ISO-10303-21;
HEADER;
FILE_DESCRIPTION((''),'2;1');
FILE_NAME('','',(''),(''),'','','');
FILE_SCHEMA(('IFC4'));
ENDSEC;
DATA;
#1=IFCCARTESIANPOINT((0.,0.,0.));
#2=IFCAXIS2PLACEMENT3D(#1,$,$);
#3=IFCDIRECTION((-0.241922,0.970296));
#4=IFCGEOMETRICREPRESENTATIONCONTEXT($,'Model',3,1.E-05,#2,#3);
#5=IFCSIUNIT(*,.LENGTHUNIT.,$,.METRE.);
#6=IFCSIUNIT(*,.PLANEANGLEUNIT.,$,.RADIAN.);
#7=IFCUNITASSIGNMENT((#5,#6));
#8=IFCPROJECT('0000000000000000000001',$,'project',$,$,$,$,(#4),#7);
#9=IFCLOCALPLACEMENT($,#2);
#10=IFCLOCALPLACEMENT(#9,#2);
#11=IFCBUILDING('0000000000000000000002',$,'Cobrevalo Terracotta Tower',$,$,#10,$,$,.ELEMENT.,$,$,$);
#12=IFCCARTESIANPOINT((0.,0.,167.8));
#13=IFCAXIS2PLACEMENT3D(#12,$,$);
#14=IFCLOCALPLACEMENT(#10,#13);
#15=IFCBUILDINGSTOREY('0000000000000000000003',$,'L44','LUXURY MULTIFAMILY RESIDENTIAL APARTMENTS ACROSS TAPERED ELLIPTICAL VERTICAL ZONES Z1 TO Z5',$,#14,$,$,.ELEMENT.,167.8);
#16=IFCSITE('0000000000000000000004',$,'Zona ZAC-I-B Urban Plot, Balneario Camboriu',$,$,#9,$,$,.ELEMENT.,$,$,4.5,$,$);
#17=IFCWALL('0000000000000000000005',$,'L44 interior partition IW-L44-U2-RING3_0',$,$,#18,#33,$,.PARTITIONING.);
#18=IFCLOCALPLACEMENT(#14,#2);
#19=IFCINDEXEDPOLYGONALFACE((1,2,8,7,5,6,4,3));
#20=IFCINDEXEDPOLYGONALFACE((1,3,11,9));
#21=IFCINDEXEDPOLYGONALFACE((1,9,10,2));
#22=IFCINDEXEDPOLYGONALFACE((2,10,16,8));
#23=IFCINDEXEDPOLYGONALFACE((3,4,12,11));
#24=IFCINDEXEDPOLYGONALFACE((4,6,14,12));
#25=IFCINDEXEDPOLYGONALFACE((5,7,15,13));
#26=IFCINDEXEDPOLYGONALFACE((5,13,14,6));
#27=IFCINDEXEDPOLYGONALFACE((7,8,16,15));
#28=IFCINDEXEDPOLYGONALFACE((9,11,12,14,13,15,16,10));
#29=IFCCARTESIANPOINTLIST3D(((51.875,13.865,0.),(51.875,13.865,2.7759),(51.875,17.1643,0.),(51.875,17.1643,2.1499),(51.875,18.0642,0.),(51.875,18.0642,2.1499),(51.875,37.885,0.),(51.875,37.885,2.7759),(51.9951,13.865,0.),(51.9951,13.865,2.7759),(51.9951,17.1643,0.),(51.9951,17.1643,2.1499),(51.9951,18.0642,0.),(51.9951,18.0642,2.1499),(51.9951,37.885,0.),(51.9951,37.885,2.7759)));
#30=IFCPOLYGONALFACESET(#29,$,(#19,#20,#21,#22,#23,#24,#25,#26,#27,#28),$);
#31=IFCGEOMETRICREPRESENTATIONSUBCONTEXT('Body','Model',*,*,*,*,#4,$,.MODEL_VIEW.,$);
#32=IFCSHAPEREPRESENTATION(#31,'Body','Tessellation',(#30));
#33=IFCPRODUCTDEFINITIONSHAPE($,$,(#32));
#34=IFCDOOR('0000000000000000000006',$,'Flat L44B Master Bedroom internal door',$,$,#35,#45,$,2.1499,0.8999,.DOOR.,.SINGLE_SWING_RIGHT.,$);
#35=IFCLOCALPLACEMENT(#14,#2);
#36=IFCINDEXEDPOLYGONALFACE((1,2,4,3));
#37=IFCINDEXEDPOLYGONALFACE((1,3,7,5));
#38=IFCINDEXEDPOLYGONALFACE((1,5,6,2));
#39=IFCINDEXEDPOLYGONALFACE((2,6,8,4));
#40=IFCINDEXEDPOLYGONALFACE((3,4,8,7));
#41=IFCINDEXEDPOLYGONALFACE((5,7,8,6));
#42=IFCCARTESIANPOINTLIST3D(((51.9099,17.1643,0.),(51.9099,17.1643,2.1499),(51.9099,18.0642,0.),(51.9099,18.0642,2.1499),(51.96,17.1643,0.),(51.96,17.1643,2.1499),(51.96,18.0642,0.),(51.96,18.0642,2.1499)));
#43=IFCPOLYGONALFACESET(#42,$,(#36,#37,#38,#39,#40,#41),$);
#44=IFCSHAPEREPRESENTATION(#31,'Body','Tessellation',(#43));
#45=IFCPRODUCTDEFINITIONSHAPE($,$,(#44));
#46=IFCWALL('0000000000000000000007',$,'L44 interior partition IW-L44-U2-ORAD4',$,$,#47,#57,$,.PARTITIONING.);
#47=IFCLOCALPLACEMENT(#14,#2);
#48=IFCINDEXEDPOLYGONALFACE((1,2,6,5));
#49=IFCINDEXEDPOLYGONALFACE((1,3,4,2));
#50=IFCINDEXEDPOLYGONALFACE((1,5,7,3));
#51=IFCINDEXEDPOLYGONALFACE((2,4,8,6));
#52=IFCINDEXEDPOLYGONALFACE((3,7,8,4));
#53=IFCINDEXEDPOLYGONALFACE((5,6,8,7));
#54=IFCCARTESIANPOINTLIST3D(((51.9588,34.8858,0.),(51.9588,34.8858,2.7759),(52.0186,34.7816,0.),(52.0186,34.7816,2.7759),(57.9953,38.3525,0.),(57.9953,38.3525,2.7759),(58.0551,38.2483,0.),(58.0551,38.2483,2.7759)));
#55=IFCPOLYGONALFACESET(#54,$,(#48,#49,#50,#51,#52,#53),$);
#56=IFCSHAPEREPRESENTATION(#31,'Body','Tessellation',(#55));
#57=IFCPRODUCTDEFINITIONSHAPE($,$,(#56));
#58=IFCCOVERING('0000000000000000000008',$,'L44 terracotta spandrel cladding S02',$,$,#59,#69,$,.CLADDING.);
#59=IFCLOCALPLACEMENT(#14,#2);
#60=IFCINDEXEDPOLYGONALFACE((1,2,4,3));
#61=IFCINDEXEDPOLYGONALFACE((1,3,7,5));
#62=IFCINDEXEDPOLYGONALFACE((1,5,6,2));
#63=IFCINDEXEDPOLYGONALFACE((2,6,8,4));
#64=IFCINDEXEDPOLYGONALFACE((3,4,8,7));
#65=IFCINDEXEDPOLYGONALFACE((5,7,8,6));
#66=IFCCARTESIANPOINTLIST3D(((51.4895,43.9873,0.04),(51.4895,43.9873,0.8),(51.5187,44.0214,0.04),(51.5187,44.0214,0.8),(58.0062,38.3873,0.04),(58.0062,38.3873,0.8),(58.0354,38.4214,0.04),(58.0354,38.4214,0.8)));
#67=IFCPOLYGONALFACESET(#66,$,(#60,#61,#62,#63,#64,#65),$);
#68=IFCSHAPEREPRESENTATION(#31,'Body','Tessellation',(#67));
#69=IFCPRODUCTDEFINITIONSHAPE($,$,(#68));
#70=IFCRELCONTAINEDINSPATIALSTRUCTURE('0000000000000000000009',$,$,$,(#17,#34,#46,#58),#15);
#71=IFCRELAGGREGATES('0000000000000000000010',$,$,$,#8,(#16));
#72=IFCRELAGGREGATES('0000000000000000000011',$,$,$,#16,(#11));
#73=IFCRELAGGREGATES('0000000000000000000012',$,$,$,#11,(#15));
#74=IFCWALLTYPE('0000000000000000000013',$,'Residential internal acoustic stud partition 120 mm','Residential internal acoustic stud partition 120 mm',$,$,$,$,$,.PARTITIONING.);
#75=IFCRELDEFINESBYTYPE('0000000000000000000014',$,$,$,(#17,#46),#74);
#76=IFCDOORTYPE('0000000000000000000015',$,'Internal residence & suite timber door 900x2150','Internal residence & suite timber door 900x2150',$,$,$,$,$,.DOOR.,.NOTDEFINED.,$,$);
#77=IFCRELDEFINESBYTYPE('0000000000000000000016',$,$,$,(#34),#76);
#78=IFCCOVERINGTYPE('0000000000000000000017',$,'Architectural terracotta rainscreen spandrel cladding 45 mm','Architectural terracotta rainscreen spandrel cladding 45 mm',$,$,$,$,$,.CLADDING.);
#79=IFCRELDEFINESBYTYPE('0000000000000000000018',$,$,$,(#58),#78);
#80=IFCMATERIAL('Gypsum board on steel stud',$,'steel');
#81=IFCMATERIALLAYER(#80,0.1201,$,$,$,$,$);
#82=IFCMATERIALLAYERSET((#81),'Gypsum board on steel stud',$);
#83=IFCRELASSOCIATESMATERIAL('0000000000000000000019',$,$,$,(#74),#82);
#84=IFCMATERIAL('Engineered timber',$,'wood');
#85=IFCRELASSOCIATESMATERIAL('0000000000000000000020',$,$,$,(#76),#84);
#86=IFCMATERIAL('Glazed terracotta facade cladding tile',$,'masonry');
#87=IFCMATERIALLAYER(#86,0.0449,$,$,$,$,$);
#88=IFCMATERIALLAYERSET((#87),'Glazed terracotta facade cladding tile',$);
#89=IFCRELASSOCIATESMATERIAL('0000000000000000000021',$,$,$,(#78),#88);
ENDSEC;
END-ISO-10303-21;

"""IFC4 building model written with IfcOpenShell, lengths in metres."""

from ifc_helpers import new_model, si_unit, direction, frame, frame_2d, origin, origin_2d, place, context, subcontext, project, spatial, rectangle, extrude, source, transform, mapped, material, layer, layer_set, type_object, element, fill, save


model = new_model("IFC4")

# Units and contexts
model_context = context("Model", 3, precision=1e-05, world=origin(), true_north=direction((-0.241922, 0.970296)))
body_context = subcontext(model_context, "Body", "Model", "MODEL_VIEW")
ifc_project = project(units=[si_unit("LENGTHUNIT", "METRE"), si_unit("PLANEANGLEUNIT", "RADIAN")], contexts=[model_context])

# Site, building, storey
site_placement = place(None, origin())
site = spatial("IfcSite", under=ifc_project, at=site_placement, Name="Zona ZAC-I-B Urban Plot, Balneario Camboriu", CompositionType="ELEMENT", RefElevation=4.5)
building_placement = place(site_placement, origin())
building = spatial("IfcBuilding", under=site, at=building_placement, Name="Cobrevalo Terracotta Tower", CompositionType="ELEMENT")
storey_placement = place(building_placement, frame((0.0, 0.0, 167.8)))
storey = spatial("IfcBuildingStorey", under=building, at=storey_placement, Name="L44", Description="LUXURY MULTIFAMILY RESIDENTIAL APARTMENTS ACROSS TAPERED ELLIPTICAL VERTICAL ZONES Z1 TO Z5", CompositionType="ELEMENT", Elevation=167.8)

# Wall, opening, door
ifc_material_1 = material(Name="Gypsum board on steel stud", Category="steel")
ifc_layer_1 = layer(ifc_material_1, 0.1201)
ifc_layer_set_1 = layer_set([ifc_layer_1], Name="Gypsum board on steel stud")
wall_type_1 = type_object("IfcWallType", Name="Residential internal acoustic stud partition 120 mm", Description="Residential internal acoustic stud partition 120 mm", PredefinedType="PARTITIONING", material=ifc_layer_set_1)
wall_1_placement = place(storey_placement, frame((51.9351, 37.885, 0.0), z_axis=(0.0, 0.0, 1.0), x_axis=(0.0, -1.0, 0.0)))
wall_1 = element("IfcWall", 1, at=wall_1_placement, inside=storey, type_object=wall_type_1, Name="L44 interior partition IW-L44-U2-RING3_0", PredefinedType="PARTITIONING", context=body_context, shape_type="SweptSolid", body=[
    extrude(rectangle(XDim=24.02, YDim=0.1201, at=frame_2d((12.01, 0.0))), origin(), (0.0, 0.0, 1.0), 2.7759),
])
opening_1_placement = place(wall_1_placement, frame((19.8208, 0.0, 0.0)))
opening_1 = element("IfcOpeningElement", 2, at=opening_1_placement, cuts=wall_1, PredefinedType="OPENING", context=body_context, shape_type="SweptSolid", body=[
    extrude(rectangle(XDim=0.8999, YDim=2.1499, at=frame_2d((0.45, 1.075))), frame((0.0, 0.0701, 0.0), z_axis=(0.0, -1.0, 0.0), x_axis=(1.0, 0.0, 0.0)), (0.0, 0.0, 1.0), 0.1401),
])
ifc_material_2 = material(Name="Engineered timber", Category="wood")
door_type_1 = type_object("IfcDoorType", Name="Internal residence & suite timber door 900x2150", Description="Internal residence & suite timber door 900x2150", OperationType="NOTDEFINED", PredefinedType="DOOR", material=ifc_material_2)
shared_shape_1 = source(origin(), body_context, "Body", "SweptSolid", [
    extrude(rectangle(XDim=0.8999, YDim=2.1499, at=frame_2d((0.45, 1.075))), frame((0.0, 0.0249, 0.0), z_axis=(0.0, -1.0, 0.0), x_axis=(1.0, 0.0, 0.0)), (0.0, 0.0, 1.0), 0.05),
])
door_1_placement = place(opening_1_placement, origin())
door_1 = element("IfcDoor", 3, at=door_1_placement, inside=storey, type_object=door_type_1, Name="Flat L44B Master Bedroom internal door", OperationType="SINGLE_SWING_RIGHT", OverallHeight=2.1499, OverallWidth=0.8999, PredefinedType="DOOR", context=body_context, shape_type="MappedRepresentation", body=[
    mapped(shared_shape_1, transform((0.0, 0.0, 0.0), scale=1.0)),
])
fill(opening_1, door_1)

# Wall
wall_2_placement = place(storey_placement, frame((51.9888, 34.8337, 0.0), z_axis=(0.0, 0.0, 1.0), x_axis=(0.867171, 0.498011, 0.0)))
element("IfcWall", 4, at=wall_2_placement, inside=storey, type_object=wall_type_1, Name="L44 interior partition IW-L44-U2-ORAD4", PredefinedType="PARTITIONING", context=body_context, shape_type="SweptSolid", body=[
    extrude(rectangle(XDim=6.9612, YDim=0.1201, at=frame_2d((3.4805, 0.0))), origin(), (0.0, 0.0, 1.0), 2.7759),
])

# Covering
ifc_material_3 = material(Name="Glazed terracotta facade cladding tile", Category="masonry")
ifc_layer_2 = layer(ifc_material_3, 0.0449)
ifc_layer_set_2 = layer_set([ifc_layer_2], Name="Glazed terracotta facade cladding tile")
covering_type = type_object("IfcCoveringType", Name="Architectural terracotta rainscreen spandrel cladding 45 mm", Description="Architectural terracotta rainscreen spandrel cladding 45 mm", PredefinedType="CLADDING", material=ifc_layer_set_2)
shared_shape_2 = source(origin(), body_context, "Body", "SweptSolid", [
    extrude(rectangle(XDim=8.5923, YDim=0.0449, at=origin_2d()), origin(), (0.0, 0.0, 1.0), 0.76),
])
covering_placement = place(storey_placement, frame((54.7625, 41.2043, 0.04), z_axis=(0.0, 0.0, 1.0), x_axis=(-0.758437, 0.651746, 0.0)))
element("IfcCovering", 5, at=covering_placement, inside=storey, type_object=covering_type, Name="L44 terracotta spandrel cladding S02", PredefinedType="CLADDING", context=body_context, shape_type="MappedRepresentation", body=[
    mapped(shared_shape_2, transform((0.0, 0.0, 0.0), scale=1.0)),
])

save(model, "model.ifc")
